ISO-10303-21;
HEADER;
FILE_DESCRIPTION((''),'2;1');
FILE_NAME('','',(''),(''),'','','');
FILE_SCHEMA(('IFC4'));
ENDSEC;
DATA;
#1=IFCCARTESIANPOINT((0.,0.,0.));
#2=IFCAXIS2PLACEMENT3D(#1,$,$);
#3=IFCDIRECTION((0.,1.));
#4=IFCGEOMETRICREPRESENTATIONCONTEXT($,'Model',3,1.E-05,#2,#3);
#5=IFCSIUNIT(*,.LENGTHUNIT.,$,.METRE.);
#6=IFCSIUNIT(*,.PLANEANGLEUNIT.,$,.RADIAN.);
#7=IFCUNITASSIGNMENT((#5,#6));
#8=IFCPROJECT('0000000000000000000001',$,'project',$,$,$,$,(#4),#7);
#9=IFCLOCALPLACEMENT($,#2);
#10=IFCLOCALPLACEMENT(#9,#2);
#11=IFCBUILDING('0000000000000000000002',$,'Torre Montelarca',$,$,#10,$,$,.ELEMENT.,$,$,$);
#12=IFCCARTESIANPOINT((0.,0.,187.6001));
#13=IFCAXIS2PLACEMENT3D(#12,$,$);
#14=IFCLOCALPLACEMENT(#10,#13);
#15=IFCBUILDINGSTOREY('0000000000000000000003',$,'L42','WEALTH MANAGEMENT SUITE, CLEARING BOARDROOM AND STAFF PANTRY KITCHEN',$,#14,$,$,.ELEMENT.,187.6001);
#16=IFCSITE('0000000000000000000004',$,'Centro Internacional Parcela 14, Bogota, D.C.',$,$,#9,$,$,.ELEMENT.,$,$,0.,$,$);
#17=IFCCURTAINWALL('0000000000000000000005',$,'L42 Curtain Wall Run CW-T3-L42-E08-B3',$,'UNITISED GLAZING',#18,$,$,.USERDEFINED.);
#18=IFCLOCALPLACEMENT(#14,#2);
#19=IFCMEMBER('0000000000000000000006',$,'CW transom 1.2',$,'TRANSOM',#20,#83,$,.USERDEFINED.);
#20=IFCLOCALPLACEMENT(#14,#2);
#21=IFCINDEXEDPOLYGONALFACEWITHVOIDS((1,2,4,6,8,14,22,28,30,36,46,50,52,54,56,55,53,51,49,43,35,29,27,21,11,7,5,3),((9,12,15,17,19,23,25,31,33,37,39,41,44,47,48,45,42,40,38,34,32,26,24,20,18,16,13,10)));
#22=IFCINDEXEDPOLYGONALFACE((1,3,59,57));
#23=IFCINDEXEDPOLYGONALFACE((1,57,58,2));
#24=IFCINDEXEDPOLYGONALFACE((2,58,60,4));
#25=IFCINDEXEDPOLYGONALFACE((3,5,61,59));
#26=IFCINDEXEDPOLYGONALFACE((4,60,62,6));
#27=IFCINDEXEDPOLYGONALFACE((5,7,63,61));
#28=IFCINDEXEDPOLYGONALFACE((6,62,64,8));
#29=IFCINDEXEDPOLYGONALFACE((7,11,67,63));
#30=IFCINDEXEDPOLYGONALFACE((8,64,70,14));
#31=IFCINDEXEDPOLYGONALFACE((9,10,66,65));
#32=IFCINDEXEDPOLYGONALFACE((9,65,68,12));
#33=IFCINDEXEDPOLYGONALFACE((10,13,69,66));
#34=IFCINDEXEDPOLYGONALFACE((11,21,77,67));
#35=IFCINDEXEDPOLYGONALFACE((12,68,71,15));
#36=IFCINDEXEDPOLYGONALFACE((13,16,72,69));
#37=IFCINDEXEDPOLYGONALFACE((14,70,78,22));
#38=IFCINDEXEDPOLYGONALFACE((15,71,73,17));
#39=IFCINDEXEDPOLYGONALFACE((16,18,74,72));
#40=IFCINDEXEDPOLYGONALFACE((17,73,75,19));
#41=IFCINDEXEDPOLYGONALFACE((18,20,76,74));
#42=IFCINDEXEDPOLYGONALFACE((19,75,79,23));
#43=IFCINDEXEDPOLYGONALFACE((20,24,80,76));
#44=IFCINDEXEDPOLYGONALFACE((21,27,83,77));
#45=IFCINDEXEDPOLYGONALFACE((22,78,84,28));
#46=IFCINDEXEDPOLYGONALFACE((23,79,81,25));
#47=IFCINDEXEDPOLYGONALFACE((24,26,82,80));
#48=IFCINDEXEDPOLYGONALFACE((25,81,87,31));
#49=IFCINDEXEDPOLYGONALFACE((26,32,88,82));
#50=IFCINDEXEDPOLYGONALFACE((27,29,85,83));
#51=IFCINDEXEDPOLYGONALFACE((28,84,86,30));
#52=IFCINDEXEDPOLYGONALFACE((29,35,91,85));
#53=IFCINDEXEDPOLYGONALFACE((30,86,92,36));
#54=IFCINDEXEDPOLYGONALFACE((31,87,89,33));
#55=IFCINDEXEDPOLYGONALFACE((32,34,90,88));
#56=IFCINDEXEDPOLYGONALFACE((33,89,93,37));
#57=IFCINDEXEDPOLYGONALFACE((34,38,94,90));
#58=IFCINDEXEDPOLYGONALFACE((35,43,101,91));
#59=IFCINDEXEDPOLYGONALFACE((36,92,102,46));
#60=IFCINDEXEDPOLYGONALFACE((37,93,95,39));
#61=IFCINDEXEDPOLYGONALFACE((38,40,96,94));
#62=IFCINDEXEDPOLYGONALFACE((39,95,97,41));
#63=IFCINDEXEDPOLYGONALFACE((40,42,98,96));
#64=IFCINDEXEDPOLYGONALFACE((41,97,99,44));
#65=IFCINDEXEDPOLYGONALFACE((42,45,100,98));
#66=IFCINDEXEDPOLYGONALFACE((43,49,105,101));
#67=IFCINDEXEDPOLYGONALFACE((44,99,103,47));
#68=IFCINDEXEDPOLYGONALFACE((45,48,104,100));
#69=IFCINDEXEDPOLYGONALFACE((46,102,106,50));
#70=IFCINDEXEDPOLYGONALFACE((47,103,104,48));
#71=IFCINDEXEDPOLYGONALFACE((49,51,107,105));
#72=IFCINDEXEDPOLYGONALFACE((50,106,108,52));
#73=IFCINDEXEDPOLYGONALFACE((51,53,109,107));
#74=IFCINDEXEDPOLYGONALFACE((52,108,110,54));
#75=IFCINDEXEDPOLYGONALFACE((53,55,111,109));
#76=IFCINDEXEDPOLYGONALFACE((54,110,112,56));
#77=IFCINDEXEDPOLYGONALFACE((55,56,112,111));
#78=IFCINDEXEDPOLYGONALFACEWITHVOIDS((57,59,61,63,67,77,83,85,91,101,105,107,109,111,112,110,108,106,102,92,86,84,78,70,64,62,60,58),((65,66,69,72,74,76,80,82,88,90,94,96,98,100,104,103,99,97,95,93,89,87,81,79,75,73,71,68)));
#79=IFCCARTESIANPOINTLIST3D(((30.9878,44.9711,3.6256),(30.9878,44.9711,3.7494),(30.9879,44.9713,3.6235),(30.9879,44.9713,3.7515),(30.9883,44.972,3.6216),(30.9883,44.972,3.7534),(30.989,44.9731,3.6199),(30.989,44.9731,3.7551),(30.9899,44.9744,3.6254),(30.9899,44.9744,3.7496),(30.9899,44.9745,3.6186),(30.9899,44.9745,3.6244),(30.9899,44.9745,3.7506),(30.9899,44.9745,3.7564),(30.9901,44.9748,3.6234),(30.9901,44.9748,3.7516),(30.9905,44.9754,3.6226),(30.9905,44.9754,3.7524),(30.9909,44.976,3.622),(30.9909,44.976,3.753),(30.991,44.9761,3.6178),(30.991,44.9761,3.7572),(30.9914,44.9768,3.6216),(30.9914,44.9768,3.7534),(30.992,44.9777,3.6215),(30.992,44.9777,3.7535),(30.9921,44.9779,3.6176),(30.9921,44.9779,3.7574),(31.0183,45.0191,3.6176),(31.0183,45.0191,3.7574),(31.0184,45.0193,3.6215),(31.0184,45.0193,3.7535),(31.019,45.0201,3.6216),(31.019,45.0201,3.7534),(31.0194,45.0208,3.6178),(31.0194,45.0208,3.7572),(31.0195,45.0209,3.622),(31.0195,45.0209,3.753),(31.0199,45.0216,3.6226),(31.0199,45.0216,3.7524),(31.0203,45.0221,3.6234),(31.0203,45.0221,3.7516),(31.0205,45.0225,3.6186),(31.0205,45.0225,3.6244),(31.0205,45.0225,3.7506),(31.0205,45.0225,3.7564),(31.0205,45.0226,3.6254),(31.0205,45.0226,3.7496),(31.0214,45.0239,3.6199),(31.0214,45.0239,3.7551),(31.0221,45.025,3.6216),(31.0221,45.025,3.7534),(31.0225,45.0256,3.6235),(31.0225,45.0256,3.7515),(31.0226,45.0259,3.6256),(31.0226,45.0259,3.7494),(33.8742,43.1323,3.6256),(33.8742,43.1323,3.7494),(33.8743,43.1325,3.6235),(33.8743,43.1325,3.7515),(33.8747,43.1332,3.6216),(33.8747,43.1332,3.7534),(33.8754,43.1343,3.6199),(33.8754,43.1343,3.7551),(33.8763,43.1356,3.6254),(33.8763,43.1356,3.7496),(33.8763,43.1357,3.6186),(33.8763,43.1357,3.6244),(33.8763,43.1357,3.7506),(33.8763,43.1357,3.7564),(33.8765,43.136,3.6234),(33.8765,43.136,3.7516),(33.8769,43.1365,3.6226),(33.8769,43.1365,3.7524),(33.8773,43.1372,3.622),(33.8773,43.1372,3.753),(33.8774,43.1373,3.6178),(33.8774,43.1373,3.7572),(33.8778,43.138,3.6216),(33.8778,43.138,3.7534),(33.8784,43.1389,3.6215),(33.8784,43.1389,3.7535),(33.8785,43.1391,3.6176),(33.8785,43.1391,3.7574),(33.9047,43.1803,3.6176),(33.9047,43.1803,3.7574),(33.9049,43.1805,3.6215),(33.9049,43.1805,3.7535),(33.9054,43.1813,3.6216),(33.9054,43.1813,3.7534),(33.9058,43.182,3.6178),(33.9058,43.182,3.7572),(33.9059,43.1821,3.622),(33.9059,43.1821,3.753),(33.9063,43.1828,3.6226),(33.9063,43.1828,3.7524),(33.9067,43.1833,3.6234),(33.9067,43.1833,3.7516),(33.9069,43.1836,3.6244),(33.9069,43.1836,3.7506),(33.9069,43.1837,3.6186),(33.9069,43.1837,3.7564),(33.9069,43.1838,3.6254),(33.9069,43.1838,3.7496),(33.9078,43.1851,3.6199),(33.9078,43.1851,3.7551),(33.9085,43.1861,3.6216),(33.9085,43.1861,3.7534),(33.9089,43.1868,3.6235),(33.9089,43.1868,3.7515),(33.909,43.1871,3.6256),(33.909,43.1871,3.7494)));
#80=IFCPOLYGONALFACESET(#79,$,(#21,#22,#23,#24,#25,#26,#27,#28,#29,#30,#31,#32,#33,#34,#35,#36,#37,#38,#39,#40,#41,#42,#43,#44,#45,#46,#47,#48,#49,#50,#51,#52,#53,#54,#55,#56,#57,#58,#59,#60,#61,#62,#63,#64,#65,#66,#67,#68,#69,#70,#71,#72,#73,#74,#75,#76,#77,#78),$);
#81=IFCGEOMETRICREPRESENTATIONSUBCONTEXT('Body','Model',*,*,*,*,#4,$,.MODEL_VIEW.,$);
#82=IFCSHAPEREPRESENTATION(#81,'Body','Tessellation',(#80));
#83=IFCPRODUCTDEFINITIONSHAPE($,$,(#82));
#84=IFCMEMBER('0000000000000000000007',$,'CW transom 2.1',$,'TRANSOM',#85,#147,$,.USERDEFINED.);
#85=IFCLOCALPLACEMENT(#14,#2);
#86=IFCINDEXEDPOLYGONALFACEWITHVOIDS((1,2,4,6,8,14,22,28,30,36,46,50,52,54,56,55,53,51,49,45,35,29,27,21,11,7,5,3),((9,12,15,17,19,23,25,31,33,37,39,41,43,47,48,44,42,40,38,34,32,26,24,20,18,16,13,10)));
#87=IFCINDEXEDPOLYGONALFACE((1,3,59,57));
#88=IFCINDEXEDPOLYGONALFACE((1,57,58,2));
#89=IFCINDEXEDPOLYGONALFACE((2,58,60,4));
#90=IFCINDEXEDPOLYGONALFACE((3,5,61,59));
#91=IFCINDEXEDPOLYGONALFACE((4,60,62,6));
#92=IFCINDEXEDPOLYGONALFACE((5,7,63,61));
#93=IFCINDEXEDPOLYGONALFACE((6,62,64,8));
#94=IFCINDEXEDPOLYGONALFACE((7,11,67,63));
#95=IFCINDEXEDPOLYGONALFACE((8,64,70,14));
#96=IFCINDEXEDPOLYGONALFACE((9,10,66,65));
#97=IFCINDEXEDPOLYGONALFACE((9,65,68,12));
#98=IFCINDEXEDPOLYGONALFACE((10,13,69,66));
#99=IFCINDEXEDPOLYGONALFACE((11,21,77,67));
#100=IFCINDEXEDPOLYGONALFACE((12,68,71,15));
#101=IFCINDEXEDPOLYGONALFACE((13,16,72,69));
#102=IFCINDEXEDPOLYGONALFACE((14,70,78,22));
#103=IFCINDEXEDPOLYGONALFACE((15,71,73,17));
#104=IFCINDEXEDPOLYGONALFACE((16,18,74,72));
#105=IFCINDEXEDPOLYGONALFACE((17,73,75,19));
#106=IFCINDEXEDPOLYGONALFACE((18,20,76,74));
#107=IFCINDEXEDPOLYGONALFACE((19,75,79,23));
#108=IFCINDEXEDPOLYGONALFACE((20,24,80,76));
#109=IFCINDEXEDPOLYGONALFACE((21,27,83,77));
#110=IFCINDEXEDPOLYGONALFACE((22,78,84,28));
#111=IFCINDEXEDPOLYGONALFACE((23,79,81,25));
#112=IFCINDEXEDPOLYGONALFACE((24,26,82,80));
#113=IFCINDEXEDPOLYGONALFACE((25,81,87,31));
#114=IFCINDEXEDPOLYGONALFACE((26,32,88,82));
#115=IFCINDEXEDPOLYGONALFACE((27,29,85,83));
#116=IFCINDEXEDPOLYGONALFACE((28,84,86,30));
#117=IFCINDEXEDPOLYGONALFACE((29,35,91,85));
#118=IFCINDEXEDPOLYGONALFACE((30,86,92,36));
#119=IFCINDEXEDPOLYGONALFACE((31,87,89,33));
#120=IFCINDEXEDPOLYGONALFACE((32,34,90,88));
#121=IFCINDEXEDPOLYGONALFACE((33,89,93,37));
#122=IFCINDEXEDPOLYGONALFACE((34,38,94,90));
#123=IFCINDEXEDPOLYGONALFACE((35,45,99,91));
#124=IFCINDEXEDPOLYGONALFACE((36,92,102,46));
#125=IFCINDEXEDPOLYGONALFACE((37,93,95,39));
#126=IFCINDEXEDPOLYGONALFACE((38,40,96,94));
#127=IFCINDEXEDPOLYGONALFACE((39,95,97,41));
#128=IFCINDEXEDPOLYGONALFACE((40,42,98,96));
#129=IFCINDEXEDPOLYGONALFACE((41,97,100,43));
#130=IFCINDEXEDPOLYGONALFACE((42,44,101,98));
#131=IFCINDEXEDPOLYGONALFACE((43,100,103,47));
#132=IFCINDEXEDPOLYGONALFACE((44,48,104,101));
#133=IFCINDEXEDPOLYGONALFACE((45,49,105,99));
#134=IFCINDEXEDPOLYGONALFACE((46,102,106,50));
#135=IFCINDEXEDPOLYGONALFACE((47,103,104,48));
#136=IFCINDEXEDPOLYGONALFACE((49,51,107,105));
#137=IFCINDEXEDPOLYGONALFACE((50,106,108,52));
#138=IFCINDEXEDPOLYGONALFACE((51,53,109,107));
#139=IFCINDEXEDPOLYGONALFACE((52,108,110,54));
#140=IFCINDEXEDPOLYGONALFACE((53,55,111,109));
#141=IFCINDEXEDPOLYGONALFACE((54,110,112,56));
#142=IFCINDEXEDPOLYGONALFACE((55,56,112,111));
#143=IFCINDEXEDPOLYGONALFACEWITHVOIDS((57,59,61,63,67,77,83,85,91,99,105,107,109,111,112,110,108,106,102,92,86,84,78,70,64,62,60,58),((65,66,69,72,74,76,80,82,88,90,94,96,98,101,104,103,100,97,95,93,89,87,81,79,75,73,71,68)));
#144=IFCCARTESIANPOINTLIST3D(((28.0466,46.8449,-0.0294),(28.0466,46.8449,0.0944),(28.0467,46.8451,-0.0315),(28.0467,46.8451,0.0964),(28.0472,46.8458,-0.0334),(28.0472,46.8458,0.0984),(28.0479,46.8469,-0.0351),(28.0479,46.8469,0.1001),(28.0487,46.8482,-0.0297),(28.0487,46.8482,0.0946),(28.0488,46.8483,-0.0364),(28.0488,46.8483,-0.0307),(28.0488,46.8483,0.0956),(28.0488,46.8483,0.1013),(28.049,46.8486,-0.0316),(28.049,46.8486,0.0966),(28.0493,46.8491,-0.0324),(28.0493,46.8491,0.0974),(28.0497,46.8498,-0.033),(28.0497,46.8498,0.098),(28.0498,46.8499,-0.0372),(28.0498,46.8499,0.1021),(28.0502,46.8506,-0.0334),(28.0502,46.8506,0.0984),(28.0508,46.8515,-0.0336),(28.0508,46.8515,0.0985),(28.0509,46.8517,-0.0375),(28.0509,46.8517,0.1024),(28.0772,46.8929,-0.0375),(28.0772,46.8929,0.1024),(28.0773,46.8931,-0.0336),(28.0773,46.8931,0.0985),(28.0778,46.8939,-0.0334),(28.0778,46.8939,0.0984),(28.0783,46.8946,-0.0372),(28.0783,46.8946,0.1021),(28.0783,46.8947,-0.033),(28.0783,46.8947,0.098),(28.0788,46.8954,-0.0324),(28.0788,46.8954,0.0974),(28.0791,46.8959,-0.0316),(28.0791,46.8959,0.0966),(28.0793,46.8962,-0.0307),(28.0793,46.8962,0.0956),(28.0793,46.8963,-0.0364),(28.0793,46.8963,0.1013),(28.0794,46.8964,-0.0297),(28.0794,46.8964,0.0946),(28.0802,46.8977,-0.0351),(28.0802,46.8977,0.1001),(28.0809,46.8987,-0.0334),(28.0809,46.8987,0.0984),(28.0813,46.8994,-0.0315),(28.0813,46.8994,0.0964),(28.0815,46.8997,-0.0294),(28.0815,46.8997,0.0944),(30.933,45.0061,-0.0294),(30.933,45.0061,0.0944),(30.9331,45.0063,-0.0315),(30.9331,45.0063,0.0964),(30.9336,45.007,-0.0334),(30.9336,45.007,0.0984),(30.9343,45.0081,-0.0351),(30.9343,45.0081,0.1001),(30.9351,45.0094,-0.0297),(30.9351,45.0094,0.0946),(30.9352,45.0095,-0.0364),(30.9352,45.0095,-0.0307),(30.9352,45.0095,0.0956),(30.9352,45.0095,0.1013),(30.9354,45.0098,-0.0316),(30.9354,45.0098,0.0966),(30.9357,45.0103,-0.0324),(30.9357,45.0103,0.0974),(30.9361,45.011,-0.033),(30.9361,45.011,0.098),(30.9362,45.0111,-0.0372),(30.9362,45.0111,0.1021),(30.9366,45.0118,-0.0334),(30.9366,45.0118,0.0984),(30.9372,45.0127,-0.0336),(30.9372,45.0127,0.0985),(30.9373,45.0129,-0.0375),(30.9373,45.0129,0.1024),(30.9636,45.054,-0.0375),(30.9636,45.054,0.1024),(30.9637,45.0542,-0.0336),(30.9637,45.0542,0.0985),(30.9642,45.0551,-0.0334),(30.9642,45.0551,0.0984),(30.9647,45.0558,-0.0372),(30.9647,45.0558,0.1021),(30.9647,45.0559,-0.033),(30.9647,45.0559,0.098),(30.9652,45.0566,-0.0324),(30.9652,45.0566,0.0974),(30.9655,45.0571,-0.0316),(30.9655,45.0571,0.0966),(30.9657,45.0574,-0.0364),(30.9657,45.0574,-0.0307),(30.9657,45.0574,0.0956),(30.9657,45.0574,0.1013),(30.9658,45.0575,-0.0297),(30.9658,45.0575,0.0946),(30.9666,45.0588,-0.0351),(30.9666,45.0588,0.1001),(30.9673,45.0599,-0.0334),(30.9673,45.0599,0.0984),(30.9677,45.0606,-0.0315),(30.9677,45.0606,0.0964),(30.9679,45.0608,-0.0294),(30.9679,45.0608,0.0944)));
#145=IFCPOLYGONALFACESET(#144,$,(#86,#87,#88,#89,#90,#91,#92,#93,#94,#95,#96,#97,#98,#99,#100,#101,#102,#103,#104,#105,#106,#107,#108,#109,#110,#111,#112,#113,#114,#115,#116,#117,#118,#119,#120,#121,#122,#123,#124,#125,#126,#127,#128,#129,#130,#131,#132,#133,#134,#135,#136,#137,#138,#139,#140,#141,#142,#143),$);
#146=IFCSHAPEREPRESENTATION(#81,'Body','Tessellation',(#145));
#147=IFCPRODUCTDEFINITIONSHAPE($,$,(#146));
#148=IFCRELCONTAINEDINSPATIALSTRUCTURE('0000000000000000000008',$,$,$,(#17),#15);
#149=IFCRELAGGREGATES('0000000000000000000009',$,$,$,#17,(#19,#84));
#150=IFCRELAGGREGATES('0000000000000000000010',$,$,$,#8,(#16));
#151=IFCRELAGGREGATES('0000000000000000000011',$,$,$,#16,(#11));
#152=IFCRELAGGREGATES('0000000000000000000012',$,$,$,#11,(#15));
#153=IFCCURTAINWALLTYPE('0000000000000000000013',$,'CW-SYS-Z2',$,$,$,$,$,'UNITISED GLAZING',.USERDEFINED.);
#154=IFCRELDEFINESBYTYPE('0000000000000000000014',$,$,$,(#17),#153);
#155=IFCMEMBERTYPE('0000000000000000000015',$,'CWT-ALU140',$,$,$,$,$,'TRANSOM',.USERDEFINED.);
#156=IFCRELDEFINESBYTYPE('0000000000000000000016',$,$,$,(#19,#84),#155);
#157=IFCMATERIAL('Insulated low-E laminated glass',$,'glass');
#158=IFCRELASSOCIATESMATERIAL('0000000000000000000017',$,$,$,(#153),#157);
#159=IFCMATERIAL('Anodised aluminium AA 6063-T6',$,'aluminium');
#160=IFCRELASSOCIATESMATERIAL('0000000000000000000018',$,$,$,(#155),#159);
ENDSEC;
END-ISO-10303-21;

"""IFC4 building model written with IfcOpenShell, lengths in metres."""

from ifc_helpers import new_model, si_unit, direction, frame, origin, origin_2d, place, context, subcontext, project, spatial, hollow_rectangle, extrude, source, transform, mapped, material, material_profile, profile_set, type_object, element, aggregate, save


model = new_model("IFC4")

# Units and contexts
model_context = context("Model", 3, precision=1e-05, world=origin(), true_north=direction((0.0, 1.0)))
body_context = subcontext(model_context, "Body", "Model", "MODEL_VIEW")
ifc_project = project(units=[si_unit("LENGTHUNIT", "METRE"), si_unit("PLANEANGLEUNIT", "RADIAN")], contexts=[model_context])

# Site, building, storey
site_placement = place(None, origin())
site = spatial("IfcSite", under=ifc_project, at=site_placement, Name="Centro Internacional Parcela 14, Bogota, D.C.", CompositionType="ELEMENT", RefElevation=0.0)
building_placement = place(site_placement, origin())
building = spatial("IfcBuilding", under=site, at=building_placement, Name="Torre Montelarca", CompositionType="ELEMENT")
storey_placement = place(building_placement, frame((0.0, 0.0, 187.6001)))
storey = spatial("IfcBuildingStorey", under=building, at=storey_placement, Name="L42", Description="WEALTH MANAGEMENT SUITE, CLEARING BOARDROOM AND STAFF PANTRY KITCHEN", CompositionType="ELEMENT", Elevation=187.6001)

# Curtain wall
ifc_material_1 = material(Name="Insulated low-E laminated glass", Category="glass")
curtain_wall_type = type_object("IfcCurtainWallType", Name="CW-SYS-Z2", ElementType="UNITISED GLAZING", PredefinedType="USERDEFINED", material=ifc_material_1)
curtain_wall_1_placement = place(storey_placement, origin())
curtain_wall_1 = element("IfcCurtainWall", 1, at=curtain_wall_1_placement, inside=storey, type_object=curtain_wall_type, Name="L42 Curtain Wall Run CW-T3-L42-E08-B3", ObjectType="UNITISED GLAZING", PredefinedType="USERDEFINED")
ifc_material_2 = material(Name="Anodised aluminium AA 6063-T6", Category="aluminium")

# Members
ifc_material_profile_1 = material_profile(ifc_material_2, hollow_rectangle(XDim=0.0649, YDim=0.1399, WallThickness=0.0039, InnerFilletRadius=0.0039, OuterFilletRadius=0.0081, at=origin_2d()), Name="ALU65X140X4", Category="aluminium")
ifc_profile_set_1 = profile_set([ifc_material_profile_1], Name="Anodised aluminium AA 6063-T6")
member_type_1 = type_object("IfcMemberType", Name="CWT-ALU140", ElementType="TRANSOM", PredefinedType="USERDEFINED", material=ifc_profile_set_1)
shared_shape_1 = source(origin(), body_context, "Body", "SweptSolid", [
    extrude(hollow_rectangle(XDim=0.0649, YDim=0.1399, WallThickness=0.0039, InnerFilletRadius=0.0039, OuterFilletRadius=0.0081, at=origin_2d()), origin(), (0.0, 0.0, 1.0), 3.4224),
])
member_1_placement = place(storey_placement, frame((33.8916, 43.1597, 3.6875), z_axis=(-0.843394, 0.537295, 0.0), x_axis=(-0.537295, -0.843394, 0.0)))
member_1 = element("IfcMember", 2, at=member_1_placement, type_object=member_type_1, Name="CW transom 1.2", ObjectType="TRANSOM", PredefinedType="USERDEFINED", context=body_context, shape_type="MappedRepresentation", body=[
    mapped(shared_shape_1, transform((0.0, 0.0, 0.0), scale=1.0)),
])
member_2_placement = place(storey_placement, frame((30.9504, 45.0334, 0.0325), z_axis=(-0.843394, 0.537295, 0.0), x_axis=(-0.537295, -0.843394, 0.0)))
member_2 = element("IfcMember", 3, at=member_2_placement, type_object=member_type_1, Name="CW transom 2.1", ObjectType="TRANSOM", PredefinedType="USERDEFINED", context=body_context, shape_type="MappedRepresentation", body=[
    mapped(shared_shape_1, transform((0.0, 0.0, 0.0), scale=1.0)),
])

aggregate(curtain_wall_1, [member_1, member_2])

save(model, "model.ifc")
